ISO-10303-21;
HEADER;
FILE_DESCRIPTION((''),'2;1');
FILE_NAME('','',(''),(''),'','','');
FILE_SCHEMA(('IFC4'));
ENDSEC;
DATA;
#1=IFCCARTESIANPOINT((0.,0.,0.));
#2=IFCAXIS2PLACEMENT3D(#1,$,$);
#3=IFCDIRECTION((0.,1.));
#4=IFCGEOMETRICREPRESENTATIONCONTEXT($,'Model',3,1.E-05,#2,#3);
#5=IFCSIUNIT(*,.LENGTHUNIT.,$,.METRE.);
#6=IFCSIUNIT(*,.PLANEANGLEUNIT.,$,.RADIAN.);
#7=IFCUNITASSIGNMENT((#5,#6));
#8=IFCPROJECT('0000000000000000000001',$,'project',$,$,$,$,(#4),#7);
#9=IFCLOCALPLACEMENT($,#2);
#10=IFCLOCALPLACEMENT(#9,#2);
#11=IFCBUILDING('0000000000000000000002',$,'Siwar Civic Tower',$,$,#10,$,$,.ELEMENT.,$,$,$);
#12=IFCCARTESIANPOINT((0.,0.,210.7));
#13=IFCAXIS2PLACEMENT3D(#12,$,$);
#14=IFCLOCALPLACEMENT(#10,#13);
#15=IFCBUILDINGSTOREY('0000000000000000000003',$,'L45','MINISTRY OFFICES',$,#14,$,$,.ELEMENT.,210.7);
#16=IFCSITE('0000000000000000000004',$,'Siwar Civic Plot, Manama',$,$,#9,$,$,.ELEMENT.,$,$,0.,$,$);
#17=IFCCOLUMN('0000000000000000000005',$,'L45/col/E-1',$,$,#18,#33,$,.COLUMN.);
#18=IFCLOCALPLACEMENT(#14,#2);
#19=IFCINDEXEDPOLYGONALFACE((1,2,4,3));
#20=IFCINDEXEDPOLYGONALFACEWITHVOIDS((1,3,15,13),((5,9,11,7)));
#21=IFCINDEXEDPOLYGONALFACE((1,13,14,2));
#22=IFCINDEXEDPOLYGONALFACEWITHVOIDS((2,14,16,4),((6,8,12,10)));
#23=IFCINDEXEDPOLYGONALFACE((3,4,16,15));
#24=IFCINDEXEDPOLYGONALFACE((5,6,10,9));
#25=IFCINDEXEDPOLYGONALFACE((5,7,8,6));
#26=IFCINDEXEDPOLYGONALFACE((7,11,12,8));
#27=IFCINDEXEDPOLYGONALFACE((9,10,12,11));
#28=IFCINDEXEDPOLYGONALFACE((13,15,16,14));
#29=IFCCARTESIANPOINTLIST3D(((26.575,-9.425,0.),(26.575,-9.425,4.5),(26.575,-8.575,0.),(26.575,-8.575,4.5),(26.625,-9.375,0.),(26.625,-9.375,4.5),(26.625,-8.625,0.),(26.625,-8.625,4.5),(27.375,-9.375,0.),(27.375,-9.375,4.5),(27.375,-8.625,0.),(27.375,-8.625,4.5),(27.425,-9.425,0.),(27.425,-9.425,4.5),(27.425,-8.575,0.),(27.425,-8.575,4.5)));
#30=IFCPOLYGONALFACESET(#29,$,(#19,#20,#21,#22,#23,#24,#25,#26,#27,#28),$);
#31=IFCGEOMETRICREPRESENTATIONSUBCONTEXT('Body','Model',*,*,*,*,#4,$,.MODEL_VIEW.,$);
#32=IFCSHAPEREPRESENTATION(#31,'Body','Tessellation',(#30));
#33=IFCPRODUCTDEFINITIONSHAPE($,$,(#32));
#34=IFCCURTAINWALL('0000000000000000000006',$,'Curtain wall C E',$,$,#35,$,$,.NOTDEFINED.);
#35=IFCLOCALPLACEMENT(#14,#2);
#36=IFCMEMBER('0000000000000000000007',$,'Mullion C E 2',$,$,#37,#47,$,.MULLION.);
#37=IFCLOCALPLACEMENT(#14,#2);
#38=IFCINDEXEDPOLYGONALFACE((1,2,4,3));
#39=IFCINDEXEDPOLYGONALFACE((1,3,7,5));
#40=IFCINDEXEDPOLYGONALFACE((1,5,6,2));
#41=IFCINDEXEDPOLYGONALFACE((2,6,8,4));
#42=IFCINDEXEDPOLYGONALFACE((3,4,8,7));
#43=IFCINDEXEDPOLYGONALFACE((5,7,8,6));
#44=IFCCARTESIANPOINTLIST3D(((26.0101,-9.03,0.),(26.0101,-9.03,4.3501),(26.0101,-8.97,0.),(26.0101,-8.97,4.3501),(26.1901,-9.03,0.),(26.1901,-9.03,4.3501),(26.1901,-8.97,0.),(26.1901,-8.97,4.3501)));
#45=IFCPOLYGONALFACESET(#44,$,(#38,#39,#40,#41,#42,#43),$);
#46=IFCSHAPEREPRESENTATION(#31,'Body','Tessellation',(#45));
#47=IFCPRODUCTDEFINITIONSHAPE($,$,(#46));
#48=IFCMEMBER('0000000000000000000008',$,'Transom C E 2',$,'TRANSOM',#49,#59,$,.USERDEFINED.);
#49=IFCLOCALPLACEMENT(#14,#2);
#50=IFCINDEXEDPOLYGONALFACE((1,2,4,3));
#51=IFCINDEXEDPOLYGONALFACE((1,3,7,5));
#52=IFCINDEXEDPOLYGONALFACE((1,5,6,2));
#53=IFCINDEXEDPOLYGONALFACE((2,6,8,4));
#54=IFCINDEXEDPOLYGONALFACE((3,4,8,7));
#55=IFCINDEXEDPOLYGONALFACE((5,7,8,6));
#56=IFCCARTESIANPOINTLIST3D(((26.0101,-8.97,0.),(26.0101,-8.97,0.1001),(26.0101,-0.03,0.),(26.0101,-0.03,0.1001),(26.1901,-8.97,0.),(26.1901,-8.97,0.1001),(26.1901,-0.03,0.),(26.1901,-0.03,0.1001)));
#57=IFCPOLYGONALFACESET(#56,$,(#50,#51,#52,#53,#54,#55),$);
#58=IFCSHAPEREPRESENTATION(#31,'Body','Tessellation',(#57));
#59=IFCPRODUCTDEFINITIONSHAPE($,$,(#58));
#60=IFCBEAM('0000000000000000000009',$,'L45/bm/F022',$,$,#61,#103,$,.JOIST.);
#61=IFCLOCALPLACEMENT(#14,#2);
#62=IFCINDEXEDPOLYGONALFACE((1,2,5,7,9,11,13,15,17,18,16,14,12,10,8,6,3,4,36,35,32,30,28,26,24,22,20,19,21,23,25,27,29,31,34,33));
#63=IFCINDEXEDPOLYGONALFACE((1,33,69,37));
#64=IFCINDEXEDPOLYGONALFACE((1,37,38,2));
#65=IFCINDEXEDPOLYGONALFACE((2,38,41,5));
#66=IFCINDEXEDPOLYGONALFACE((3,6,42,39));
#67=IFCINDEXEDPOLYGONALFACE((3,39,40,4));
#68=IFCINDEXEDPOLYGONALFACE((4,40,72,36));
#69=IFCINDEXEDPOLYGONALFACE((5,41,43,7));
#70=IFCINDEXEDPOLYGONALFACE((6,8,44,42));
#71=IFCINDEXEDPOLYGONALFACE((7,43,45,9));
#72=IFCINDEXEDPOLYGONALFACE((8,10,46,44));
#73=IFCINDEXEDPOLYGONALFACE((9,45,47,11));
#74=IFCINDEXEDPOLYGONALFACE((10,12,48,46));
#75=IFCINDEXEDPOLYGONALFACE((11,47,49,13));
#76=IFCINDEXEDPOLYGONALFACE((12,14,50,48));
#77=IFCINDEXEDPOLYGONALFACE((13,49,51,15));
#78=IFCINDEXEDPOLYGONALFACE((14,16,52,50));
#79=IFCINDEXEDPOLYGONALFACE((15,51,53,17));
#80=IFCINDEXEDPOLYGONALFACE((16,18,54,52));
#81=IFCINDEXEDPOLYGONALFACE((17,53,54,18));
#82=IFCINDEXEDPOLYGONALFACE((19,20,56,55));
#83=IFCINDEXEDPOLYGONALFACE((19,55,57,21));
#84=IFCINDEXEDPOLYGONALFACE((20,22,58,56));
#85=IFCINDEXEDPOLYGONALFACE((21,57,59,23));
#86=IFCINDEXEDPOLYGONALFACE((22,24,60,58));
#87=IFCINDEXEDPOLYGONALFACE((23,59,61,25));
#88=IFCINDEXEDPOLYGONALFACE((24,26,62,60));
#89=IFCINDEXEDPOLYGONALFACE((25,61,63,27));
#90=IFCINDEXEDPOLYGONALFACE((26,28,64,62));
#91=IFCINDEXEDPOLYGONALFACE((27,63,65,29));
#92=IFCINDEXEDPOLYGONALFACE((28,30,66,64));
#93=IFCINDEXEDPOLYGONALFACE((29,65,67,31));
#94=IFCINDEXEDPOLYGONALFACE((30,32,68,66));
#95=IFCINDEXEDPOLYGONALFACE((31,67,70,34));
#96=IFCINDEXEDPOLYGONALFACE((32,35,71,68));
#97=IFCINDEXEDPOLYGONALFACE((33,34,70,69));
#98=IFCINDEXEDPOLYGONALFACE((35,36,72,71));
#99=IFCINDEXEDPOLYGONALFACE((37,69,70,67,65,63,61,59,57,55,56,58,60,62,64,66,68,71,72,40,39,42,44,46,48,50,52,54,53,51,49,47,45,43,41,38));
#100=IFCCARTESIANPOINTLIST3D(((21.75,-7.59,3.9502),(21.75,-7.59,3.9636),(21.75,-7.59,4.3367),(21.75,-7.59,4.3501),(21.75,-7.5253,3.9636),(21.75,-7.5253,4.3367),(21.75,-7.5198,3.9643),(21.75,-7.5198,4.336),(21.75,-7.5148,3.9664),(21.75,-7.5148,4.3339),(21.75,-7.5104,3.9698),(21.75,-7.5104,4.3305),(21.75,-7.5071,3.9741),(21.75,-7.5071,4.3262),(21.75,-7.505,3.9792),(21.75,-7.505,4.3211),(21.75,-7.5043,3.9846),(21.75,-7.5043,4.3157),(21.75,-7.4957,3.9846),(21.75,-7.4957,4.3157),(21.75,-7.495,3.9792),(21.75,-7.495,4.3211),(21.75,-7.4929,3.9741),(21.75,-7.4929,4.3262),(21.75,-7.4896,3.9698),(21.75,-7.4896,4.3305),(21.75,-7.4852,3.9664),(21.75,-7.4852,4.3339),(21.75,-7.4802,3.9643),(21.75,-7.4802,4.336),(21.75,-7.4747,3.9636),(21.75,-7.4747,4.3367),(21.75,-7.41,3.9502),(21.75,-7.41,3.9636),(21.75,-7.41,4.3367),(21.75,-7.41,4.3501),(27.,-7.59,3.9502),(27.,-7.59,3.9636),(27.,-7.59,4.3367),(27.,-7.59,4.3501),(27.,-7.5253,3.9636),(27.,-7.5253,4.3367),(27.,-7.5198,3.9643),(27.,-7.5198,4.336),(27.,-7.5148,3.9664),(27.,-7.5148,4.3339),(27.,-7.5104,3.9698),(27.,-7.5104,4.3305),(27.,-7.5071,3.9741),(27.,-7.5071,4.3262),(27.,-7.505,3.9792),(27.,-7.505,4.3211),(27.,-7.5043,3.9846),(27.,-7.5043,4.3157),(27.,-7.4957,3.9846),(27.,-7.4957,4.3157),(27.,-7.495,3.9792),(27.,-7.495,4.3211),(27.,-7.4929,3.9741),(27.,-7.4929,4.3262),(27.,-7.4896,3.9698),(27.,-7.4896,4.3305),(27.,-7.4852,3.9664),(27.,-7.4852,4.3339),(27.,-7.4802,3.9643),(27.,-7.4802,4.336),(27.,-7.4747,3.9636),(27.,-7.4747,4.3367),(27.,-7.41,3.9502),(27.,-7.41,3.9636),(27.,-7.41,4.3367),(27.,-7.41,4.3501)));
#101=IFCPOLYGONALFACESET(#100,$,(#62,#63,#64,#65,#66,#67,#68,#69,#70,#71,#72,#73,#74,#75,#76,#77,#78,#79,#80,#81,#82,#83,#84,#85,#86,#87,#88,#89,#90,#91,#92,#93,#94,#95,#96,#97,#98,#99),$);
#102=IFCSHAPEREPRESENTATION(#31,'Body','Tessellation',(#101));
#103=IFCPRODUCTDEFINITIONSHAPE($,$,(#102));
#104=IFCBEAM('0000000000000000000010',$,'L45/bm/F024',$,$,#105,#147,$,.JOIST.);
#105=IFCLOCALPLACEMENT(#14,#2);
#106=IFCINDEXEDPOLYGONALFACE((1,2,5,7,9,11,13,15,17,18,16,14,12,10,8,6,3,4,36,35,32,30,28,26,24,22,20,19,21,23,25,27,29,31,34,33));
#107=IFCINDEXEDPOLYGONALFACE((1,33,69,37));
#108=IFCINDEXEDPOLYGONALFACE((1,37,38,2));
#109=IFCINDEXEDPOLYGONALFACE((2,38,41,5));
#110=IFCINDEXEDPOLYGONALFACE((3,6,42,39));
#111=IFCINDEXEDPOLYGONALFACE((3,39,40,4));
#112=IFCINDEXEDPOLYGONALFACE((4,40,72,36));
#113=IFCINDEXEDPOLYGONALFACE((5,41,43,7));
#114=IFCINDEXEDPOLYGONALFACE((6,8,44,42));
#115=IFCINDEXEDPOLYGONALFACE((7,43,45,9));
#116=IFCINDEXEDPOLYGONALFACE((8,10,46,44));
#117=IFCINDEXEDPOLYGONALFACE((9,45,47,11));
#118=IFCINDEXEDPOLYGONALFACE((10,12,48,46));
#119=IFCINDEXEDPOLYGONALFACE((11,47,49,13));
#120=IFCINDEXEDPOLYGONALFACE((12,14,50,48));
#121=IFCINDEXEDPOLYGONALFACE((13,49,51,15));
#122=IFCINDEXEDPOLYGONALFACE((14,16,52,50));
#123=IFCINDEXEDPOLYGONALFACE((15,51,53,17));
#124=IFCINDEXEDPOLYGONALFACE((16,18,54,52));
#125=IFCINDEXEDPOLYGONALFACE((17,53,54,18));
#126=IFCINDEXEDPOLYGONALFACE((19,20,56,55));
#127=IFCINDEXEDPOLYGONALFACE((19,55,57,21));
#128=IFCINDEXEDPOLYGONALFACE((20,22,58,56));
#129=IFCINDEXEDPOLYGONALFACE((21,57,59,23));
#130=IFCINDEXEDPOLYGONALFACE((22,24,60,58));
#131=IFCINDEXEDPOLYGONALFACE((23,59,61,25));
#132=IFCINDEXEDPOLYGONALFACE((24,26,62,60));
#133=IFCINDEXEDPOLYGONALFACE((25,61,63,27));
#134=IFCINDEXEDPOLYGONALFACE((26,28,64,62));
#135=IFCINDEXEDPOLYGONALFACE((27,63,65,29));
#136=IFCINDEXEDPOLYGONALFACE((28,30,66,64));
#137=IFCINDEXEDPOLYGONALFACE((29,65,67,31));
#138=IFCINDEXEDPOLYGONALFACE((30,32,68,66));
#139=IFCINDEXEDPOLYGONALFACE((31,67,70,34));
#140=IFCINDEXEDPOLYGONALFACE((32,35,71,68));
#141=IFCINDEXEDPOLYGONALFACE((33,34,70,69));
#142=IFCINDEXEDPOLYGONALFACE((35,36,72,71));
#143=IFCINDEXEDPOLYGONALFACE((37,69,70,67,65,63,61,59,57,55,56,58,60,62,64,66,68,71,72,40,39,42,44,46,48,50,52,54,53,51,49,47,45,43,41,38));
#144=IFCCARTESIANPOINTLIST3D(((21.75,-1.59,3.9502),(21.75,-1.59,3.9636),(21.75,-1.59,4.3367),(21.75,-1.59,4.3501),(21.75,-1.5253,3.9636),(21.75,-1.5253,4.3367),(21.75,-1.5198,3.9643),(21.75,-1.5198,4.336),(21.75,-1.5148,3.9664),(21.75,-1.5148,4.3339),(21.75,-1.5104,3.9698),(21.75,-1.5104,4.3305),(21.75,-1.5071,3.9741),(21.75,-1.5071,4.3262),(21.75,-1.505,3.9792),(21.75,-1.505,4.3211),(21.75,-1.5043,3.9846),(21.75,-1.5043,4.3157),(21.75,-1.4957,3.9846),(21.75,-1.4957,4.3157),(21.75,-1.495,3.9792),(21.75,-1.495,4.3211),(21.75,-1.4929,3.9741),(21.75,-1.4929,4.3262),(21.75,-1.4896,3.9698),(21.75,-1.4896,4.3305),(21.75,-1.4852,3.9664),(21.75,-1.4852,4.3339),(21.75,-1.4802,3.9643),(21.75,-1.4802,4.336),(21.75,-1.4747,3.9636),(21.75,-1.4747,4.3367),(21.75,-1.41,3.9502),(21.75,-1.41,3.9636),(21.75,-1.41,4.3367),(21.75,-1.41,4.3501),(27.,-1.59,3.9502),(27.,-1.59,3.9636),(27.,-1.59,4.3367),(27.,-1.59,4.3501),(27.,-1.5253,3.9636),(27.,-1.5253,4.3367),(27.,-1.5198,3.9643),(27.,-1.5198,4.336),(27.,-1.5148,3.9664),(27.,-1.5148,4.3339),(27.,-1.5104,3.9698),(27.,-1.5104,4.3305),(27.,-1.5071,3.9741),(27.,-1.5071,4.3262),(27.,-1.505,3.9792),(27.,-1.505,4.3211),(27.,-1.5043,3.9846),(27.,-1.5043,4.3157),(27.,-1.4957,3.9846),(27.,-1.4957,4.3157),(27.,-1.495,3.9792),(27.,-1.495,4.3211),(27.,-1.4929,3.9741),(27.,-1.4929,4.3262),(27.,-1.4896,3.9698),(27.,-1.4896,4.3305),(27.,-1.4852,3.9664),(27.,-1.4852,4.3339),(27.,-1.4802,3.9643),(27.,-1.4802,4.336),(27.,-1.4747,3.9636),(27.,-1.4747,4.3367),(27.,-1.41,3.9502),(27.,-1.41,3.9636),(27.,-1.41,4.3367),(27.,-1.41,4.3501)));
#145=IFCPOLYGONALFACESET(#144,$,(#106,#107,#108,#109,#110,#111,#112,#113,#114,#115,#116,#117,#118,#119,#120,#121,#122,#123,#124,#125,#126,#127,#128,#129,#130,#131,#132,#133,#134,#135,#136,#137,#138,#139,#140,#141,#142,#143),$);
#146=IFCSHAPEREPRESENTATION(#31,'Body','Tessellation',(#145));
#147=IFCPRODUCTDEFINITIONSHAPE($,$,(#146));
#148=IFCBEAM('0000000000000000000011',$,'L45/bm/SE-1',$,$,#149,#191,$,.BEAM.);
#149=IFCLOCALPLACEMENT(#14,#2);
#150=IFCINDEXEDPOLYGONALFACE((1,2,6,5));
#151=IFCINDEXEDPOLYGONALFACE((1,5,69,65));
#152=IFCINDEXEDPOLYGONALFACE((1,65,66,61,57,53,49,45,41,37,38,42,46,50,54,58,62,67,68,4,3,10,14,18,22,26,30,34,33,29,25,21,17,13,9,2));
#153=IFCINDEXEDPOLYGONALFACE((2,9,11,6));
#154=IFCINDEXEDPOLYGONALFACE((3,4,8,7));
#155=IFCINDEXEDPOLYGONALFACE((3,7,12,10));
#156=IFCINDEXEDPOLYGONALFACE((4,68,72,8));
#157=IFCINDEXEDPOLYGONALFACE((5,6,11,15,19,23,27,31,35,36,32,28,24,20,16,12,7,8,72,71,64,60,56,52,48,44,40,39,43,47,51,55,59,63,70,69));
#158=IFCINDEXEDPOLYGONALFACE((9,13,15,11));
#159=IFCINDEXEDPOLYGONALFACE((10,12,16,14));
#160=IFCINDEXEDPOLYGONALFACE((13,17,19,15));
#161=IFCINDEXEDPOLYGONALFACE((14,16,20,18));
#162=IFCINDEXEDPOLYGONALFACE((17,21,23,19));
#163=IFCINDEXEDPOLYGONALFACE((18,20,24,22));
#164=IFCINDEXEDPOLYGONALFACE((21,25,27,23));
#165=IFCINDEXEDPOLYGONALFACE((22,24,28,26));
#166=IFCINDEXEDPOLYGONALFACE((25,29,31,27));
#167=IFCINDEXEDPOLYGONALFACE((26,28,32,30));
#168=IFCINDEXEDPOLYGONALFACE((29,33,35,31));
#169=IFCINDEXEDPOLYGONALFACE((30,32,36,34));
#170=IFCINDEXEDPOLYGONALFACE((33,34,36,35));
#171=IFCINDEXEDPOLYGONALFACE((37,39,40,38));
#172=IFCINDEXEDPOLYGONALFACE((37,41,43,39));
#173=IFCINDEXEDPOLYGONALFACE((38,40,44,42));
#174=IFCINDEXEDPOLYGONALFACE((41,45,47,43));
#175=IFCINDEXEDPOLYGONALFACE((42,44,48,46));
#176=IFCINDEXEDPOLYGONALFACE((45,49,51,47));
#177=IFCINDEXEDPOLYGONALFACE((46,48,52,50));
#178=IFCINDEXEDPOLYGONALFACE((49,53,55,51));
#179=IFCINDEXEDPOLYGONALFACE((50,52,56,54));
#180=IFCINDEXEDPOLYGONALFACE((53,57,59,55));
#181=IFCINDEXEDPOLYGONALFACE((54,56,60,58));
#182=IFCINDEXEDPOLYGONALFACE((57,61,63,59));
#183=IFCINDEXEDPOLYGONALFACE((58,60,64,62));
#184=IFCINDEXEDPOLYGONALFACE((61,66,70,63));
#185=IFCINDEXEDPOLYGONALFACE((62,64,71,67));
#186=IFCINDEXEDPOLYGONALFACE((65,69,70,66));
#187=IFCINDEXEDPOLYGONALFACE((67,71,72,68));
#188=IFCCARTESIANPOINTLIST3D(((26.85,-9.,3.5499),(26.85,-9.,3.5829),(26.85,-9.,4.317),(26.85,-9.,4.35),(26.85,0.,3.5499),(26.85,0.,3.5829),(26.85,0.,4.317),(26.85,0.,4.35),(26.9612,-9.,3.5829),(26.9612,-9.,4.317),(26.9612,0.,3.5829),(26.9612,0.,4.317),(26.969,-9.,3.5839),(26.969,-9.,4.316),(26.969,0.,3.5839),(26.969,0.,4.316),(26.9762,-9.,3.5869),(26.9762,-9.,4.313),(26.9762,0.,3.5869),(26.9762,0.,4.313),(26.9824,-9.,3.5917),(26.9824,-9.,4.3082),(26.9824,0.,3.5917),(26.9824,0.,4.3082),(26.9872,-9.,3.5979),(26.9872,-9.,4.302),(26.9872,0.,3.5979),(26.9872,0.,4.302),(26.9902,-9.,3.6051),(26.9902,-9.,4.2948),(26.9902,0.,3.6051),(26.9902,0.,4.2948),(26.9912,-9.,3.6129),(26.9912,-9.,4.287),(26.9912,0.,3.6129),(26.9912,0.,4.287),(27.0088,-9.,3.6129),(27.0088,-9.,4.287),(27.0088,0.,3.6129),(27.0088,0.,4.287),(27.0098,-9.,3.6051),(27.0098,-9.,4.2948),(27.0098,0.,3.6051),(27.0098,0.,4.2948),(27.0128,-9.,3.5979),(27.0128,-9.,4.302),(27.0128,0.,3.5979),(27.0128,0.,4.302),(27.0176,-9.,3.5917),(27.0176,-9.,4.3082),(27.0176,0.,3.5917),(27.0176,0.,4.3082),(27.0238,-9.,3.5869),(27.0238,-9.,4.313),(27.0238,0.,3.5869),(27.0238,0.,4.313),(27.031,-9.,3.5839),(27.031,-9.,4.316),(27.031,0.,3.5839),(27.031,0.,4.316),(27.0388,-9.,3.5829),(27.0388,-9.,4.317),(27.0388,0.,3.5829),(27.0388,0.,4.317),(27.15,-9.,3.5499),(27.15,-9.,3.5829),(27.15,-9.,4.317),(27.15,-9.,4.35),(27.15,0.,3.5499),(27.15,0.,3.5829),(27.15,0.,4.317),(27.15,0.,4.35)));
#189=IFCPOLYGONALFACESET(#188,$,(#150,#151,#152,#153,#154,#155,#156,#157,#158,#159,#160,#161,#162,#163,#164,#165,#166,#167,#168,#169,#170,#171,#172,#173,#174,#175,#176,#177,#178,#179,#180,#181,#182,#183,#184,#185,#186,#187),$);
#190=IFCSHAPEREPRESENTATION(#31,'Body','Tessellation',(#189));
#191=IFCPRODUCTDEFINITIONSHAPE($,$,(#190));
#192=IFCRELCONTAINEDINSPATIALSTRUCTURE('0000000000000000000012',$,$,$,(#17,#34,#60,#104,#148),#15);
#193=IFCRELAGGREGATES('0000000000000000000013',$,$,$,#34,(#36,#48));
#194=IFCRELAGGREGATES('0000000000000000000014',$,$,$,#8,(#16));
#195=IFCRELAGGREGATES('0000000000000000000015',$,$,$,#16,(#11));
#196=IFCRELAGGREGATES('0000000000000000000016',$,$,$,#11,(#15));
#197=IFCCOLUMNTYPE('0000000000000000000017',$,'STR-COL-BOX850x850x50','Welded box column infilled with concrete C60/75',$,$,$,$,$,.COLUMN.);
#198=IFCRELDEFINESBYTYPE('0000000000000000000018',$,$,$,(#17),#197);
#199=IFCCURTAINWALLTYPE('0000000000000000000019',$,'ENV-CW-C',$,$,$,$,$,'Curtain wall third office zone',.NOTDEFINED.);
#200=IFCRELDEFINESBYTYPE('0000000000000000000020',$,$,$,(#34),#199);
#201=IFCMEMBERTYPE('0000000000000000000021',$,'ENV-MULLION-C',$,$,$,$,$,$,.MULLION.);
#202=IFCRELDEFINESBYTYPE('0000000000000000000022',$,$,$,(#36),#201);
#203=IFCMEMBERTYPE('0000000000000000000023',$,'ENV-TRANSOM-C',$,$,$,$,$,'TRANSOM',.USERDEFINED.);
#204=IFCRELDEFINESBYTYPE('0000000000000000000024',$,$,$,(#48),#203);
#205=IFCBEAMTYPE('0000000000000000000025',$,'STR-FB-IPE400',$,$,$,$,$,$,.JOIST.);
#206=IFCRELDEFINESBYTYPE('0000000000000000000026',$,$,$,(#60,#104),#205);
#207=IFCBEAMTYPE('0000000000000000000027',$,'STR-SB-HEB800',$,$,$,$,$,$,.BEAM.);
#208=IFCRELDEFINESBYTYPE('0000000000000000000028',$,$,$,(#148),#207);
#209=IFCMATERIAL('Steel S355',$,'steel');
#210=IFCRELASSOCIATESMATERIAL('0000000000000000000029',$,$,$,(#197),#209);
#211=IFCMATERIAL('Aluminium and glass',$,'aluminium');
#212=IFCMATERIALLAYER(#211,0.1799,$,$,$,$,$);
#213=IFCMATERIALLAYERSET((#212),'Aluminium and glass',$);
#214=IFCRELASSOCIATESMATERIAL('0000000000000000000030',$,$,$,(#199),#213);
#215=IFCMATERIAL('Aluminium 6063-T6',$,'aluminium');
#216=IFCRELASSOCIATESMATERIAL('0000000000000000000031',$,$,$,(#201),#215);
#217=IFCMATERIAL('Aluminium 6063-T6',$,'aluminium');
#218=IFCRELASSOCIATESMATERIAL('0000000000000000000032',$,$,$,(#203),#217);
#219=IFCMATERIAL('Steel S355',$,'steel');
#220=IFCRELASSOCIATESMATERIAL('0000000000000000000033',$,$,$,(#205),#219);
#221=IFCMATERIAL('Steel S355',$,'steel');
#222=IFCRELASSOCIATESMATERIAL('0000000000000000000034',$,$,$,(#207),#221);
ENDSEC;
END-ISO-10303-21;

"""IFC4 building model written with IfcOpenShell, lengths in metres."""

from ifc_helpers import new_model, si_unit, direction, frame, origin, origin_2d, place, context, subcontext, project, spatial, rectangle, hollow_rectangle, i_section, extrude, material, layer, layer_set, material_profile, profile_set, type_object, element, aggregate, save


model = new_model("IFC4")

# Units and contexts
model_context = context("Model", 3, precision=1e-05, world=origin(), true_north=direction((0.0, 1.0)))
body_context = subcontext(model_context, "Body", "Model", "MODEL_VIEW")
ifc_project = project(units=[si_unit("LENGTHUNIT", "METRE"), si_unit("PLANEANGLEUNIT", "RADIAN")], contexts=[model_context])

# Site, building, storey
site_placement = place(None, origin())
site = spatial("IfcSite", under=ifc_project, at=site_placement, Name="Siwar Civic Plot, Manama", CompositionType="ELEMENT", RefElevation=0.0)
building_placement = place(site_placement, origin())
building = spatial("IfcBuilding", under=site, at=building_placement, Name="Siwar Civic Tower", CompositionType="ELEMENT")
storey_placement = place(building_placement, frame((0.0, 0.0, 210.7)))
storey = spatial("IfcBuildingStorey", under=building, at=storey_placement, Name="L45", Description="MINISTRY OFFICES", CompositionType="ELEMENT", Elevation=210.7)

# Column
ifc_material_1 = material(Name="Steel S355", Category="steel")
ifc_material_profile_1 = material_profile(ifc_material_1, hollow_rectangle(XDim=0.8501, YDim=0.8501, WallThickness=0.05, at=origin_2d()), Name="BOX850x850x50")
ifc_profile_set_1 = profile_set([ifc_material_profile_1], Name="Steel S355")
column_type = type_object("IfcColumnType", Name="STR-COL-BOX850x850x50", Description="Welded box column infilled with concrete C60/75", PredefinedType="COLUMN", material=ifc_profile_set_1)
column_placement = place(storey_placement, frame((27.0, -9.0, 0.0), z_axis=(0.0, 0.0, 1.0), x_axis=(1.0, 0.0, 0.0)))
element("IfcColumn", 1, at=column_placement, inside=storey, type_object=column_type, Name="L45/col/E-1", PredefinedType="COLUMN", context=body_context, shape_type="SweptSolid", body=[
    extrude(hollow_rectangle(XDim=0.8501, YDim=0.8501, WallThickness=0.05, at=origin_2d()), origin(), (0.0, 0.0, 1.0), 4.5),
])

# Curtain wall, members
ifc_material_2 = material(Name="Aluminium and glass", Category="aluminium")
ifc_layer_1 = layer(ifc_material_2, 0.1799)
ifc_layer_set_1 = layer_set([ifc_layer_1], Name="Aluminium and glass")
curtain_wall_type = type_object("IfcCurtainWallType", Name="ENV-CW-C", ElementType="Curtain wall third office zone", PredefinedType="NOTDEFINED", material=ifc_layer_set_1)
curtain_wall_placement = place(storey_placement, origin())
curtain_wall = element("IfcCurtainWall", 2, at=curtain_wall_placement, inside=storey, type_object=curtain_wall_type, Name="Curtain wall C E", PredefinedType="NOTDEFINED")
ifc_material_3 = material(Name="Aluminium 6063-T6", Category="aluminium")
ifc_material_profile_2 = material_profile(ifc_material_3, rectangle(XDim=0.1799, YDim=0.0601, at=origin_2d()), Name="AL 180x60")
ifc_profile_set_2 = profile_set([ifc_material_profile_2], Name="Aluminium 6063-T6")
member_type_1 = type_object("IfcMemberType", Name="ENV-MULLION-C", PredefinedType="MULLION", material=ifc_profile_set_2)
member_1_placement = place(storey_placement, frame((26.1001, -9.0, 0.0), z_axis=(0.0, 0.0, 1.0), x_axis=(-1.0, 0.0, 0.0)))
member_1 = element("IfcMember", 3, at=member_1_placement, type_object=member_type_1, Name="Mullion C E 2", PredefinedType="MULLION", context=body_context, shape_type="SweptSolid", body=[
    extrude(rectangle(XDim=0.1799, YDim=0.0601, at=origin_2d()), origin(), (0.0, 0.0, 1.0), 4.3501),
])
ifc_material_4 = material(Name="Aluminium 6063-T6", Category="aluminium")
ifc_material_profile_3 = material_profile(ifc_material_4, rectangle(XDim=0.1799, YDim=0.1001, at=origin_2d()), Name="AL 180x100")
ifc_profile_set_3 = profile_set([ifc_material_profile_3], Name="Aluminium 6063-T6")
member_type_2 = type_object("IfcMemberType", Name="ENV-TRANSOM-C", ElementType="TRANSOM", PredefinedType="USERDEFINED", material=ifc_profile_set_3)
member_2_placement = place(storey_placement, frame((26.1001, -8.97, 0.05), z_axis=(0.0, 1.0, 0.0), x_axis=(-1.0, 0.0, 0.0)))
member_2 = element("IfcMember", 4, at=member_2_placement, type_object=member_type_2, Name="Transom C E 2", ObjectType="TRANSOM", PredefinedType="USERDEFINED", context=body_context, shape_type="SweptSolid", body=[
    extrude(rectangle(XDim=0.1799, YDim=0.1001, at=origin_2d()), origin(), (0.0, 0.0, 1.0), 8.9399),
])

# Beams
ifc_material_5 = material(Name="Steel S355", Category="steel")
ifc_material_profile_4 = material_profile(ifc_material_5, i_section(OverallWidth=0.1799, OverallDepth=0.3999, WebThickness=0.0085, FlangeThickness=0.0134, FilletRadius=0.021, at=origin_2d()), Name="IPE400")
ifc_profile_set_4 = profile_set([ifc_material_profile_4], Name="Steel S355")
beam_type_1 = type_object("IfcBeamType", Name="STR-FB-IPE400", PredefinedType="JOIST", material=ifc_profile_set_4)
for number, where, z_axis, x_axis, name in (
    (5, (21.75, -7.5, 4.1501), (1.0, 0.0, 0.0), (0.0, 1.0, 0.0), "L45/bm/F022"),
    (6, (21.75, -1.5, 4.1501), (1.0, 0.0, 0.0), (0.0, 1.0, 0.0), "L45/bm/F024"),
):
    element("IfcBeam", number, at=place(storey_placement, frame(where, z_axis=z_axis, x_axis=x_axis)), inside=storey, type_object=beam_type_1, Name=name, PredefinedType="JOIST", context=body_context, shape_type="SweptSolid", body=[
        extrude(i_section(OverallWidth=0.1799, OverallDepth=0.3999, WebThickness=0.0085, FlangeThickness=0.0134, FilletRadius=0.021, at=origin_2d()), origin(), (0.0, 0.0, 1.0), 5.25),
    ])
ifc_material_6 = material(Name="Steel S355", Category="steel")
ifc_material_profile_5 = material_profile(ifc_material_6, i_section(OverallWidth=0.3, OverallDepth=0.8, WebThickness=0.0176, FlangeThickness=0.033, FilletRadius=0.03, at=origin_2d()), Name="HEB800")
ifc_profile_set_5 = profile_set([ifc_material_profile_5], Name="Steel S355")
beam_type_2 = type_object("IfcBeamType", Name="STR-SB-HEB800", PredefinedType="BEAM", material=ifc_profile_set_5)
beam_placement = place(storey_placement, frame((27.0, -9.0, 3.95), z_axis=(0.0, 1.0, 0.0), x_axis=(-1.0, 0.0, 0.0)))
element("IfcBeam", 7, at=beam_placement, inside=storey, type_object=beam_type_2, Name="L45/bm/SE-1", PredefinedType="BEAM", context=body_context, shape_type="SweptSolid", body=[
    extrude(i_section(OverallWidth=0.3, OverallDepth=0.8, WebThickness=0.0176, FlangeThickness=0.033, FilletRadius=0.03, at=origin_2d()), origin(), (0.0, 0.0, 1.0), 9.0),
])

aggregate(curtain_wall, [member_1, member_2])

save(model, "model.ifc")
